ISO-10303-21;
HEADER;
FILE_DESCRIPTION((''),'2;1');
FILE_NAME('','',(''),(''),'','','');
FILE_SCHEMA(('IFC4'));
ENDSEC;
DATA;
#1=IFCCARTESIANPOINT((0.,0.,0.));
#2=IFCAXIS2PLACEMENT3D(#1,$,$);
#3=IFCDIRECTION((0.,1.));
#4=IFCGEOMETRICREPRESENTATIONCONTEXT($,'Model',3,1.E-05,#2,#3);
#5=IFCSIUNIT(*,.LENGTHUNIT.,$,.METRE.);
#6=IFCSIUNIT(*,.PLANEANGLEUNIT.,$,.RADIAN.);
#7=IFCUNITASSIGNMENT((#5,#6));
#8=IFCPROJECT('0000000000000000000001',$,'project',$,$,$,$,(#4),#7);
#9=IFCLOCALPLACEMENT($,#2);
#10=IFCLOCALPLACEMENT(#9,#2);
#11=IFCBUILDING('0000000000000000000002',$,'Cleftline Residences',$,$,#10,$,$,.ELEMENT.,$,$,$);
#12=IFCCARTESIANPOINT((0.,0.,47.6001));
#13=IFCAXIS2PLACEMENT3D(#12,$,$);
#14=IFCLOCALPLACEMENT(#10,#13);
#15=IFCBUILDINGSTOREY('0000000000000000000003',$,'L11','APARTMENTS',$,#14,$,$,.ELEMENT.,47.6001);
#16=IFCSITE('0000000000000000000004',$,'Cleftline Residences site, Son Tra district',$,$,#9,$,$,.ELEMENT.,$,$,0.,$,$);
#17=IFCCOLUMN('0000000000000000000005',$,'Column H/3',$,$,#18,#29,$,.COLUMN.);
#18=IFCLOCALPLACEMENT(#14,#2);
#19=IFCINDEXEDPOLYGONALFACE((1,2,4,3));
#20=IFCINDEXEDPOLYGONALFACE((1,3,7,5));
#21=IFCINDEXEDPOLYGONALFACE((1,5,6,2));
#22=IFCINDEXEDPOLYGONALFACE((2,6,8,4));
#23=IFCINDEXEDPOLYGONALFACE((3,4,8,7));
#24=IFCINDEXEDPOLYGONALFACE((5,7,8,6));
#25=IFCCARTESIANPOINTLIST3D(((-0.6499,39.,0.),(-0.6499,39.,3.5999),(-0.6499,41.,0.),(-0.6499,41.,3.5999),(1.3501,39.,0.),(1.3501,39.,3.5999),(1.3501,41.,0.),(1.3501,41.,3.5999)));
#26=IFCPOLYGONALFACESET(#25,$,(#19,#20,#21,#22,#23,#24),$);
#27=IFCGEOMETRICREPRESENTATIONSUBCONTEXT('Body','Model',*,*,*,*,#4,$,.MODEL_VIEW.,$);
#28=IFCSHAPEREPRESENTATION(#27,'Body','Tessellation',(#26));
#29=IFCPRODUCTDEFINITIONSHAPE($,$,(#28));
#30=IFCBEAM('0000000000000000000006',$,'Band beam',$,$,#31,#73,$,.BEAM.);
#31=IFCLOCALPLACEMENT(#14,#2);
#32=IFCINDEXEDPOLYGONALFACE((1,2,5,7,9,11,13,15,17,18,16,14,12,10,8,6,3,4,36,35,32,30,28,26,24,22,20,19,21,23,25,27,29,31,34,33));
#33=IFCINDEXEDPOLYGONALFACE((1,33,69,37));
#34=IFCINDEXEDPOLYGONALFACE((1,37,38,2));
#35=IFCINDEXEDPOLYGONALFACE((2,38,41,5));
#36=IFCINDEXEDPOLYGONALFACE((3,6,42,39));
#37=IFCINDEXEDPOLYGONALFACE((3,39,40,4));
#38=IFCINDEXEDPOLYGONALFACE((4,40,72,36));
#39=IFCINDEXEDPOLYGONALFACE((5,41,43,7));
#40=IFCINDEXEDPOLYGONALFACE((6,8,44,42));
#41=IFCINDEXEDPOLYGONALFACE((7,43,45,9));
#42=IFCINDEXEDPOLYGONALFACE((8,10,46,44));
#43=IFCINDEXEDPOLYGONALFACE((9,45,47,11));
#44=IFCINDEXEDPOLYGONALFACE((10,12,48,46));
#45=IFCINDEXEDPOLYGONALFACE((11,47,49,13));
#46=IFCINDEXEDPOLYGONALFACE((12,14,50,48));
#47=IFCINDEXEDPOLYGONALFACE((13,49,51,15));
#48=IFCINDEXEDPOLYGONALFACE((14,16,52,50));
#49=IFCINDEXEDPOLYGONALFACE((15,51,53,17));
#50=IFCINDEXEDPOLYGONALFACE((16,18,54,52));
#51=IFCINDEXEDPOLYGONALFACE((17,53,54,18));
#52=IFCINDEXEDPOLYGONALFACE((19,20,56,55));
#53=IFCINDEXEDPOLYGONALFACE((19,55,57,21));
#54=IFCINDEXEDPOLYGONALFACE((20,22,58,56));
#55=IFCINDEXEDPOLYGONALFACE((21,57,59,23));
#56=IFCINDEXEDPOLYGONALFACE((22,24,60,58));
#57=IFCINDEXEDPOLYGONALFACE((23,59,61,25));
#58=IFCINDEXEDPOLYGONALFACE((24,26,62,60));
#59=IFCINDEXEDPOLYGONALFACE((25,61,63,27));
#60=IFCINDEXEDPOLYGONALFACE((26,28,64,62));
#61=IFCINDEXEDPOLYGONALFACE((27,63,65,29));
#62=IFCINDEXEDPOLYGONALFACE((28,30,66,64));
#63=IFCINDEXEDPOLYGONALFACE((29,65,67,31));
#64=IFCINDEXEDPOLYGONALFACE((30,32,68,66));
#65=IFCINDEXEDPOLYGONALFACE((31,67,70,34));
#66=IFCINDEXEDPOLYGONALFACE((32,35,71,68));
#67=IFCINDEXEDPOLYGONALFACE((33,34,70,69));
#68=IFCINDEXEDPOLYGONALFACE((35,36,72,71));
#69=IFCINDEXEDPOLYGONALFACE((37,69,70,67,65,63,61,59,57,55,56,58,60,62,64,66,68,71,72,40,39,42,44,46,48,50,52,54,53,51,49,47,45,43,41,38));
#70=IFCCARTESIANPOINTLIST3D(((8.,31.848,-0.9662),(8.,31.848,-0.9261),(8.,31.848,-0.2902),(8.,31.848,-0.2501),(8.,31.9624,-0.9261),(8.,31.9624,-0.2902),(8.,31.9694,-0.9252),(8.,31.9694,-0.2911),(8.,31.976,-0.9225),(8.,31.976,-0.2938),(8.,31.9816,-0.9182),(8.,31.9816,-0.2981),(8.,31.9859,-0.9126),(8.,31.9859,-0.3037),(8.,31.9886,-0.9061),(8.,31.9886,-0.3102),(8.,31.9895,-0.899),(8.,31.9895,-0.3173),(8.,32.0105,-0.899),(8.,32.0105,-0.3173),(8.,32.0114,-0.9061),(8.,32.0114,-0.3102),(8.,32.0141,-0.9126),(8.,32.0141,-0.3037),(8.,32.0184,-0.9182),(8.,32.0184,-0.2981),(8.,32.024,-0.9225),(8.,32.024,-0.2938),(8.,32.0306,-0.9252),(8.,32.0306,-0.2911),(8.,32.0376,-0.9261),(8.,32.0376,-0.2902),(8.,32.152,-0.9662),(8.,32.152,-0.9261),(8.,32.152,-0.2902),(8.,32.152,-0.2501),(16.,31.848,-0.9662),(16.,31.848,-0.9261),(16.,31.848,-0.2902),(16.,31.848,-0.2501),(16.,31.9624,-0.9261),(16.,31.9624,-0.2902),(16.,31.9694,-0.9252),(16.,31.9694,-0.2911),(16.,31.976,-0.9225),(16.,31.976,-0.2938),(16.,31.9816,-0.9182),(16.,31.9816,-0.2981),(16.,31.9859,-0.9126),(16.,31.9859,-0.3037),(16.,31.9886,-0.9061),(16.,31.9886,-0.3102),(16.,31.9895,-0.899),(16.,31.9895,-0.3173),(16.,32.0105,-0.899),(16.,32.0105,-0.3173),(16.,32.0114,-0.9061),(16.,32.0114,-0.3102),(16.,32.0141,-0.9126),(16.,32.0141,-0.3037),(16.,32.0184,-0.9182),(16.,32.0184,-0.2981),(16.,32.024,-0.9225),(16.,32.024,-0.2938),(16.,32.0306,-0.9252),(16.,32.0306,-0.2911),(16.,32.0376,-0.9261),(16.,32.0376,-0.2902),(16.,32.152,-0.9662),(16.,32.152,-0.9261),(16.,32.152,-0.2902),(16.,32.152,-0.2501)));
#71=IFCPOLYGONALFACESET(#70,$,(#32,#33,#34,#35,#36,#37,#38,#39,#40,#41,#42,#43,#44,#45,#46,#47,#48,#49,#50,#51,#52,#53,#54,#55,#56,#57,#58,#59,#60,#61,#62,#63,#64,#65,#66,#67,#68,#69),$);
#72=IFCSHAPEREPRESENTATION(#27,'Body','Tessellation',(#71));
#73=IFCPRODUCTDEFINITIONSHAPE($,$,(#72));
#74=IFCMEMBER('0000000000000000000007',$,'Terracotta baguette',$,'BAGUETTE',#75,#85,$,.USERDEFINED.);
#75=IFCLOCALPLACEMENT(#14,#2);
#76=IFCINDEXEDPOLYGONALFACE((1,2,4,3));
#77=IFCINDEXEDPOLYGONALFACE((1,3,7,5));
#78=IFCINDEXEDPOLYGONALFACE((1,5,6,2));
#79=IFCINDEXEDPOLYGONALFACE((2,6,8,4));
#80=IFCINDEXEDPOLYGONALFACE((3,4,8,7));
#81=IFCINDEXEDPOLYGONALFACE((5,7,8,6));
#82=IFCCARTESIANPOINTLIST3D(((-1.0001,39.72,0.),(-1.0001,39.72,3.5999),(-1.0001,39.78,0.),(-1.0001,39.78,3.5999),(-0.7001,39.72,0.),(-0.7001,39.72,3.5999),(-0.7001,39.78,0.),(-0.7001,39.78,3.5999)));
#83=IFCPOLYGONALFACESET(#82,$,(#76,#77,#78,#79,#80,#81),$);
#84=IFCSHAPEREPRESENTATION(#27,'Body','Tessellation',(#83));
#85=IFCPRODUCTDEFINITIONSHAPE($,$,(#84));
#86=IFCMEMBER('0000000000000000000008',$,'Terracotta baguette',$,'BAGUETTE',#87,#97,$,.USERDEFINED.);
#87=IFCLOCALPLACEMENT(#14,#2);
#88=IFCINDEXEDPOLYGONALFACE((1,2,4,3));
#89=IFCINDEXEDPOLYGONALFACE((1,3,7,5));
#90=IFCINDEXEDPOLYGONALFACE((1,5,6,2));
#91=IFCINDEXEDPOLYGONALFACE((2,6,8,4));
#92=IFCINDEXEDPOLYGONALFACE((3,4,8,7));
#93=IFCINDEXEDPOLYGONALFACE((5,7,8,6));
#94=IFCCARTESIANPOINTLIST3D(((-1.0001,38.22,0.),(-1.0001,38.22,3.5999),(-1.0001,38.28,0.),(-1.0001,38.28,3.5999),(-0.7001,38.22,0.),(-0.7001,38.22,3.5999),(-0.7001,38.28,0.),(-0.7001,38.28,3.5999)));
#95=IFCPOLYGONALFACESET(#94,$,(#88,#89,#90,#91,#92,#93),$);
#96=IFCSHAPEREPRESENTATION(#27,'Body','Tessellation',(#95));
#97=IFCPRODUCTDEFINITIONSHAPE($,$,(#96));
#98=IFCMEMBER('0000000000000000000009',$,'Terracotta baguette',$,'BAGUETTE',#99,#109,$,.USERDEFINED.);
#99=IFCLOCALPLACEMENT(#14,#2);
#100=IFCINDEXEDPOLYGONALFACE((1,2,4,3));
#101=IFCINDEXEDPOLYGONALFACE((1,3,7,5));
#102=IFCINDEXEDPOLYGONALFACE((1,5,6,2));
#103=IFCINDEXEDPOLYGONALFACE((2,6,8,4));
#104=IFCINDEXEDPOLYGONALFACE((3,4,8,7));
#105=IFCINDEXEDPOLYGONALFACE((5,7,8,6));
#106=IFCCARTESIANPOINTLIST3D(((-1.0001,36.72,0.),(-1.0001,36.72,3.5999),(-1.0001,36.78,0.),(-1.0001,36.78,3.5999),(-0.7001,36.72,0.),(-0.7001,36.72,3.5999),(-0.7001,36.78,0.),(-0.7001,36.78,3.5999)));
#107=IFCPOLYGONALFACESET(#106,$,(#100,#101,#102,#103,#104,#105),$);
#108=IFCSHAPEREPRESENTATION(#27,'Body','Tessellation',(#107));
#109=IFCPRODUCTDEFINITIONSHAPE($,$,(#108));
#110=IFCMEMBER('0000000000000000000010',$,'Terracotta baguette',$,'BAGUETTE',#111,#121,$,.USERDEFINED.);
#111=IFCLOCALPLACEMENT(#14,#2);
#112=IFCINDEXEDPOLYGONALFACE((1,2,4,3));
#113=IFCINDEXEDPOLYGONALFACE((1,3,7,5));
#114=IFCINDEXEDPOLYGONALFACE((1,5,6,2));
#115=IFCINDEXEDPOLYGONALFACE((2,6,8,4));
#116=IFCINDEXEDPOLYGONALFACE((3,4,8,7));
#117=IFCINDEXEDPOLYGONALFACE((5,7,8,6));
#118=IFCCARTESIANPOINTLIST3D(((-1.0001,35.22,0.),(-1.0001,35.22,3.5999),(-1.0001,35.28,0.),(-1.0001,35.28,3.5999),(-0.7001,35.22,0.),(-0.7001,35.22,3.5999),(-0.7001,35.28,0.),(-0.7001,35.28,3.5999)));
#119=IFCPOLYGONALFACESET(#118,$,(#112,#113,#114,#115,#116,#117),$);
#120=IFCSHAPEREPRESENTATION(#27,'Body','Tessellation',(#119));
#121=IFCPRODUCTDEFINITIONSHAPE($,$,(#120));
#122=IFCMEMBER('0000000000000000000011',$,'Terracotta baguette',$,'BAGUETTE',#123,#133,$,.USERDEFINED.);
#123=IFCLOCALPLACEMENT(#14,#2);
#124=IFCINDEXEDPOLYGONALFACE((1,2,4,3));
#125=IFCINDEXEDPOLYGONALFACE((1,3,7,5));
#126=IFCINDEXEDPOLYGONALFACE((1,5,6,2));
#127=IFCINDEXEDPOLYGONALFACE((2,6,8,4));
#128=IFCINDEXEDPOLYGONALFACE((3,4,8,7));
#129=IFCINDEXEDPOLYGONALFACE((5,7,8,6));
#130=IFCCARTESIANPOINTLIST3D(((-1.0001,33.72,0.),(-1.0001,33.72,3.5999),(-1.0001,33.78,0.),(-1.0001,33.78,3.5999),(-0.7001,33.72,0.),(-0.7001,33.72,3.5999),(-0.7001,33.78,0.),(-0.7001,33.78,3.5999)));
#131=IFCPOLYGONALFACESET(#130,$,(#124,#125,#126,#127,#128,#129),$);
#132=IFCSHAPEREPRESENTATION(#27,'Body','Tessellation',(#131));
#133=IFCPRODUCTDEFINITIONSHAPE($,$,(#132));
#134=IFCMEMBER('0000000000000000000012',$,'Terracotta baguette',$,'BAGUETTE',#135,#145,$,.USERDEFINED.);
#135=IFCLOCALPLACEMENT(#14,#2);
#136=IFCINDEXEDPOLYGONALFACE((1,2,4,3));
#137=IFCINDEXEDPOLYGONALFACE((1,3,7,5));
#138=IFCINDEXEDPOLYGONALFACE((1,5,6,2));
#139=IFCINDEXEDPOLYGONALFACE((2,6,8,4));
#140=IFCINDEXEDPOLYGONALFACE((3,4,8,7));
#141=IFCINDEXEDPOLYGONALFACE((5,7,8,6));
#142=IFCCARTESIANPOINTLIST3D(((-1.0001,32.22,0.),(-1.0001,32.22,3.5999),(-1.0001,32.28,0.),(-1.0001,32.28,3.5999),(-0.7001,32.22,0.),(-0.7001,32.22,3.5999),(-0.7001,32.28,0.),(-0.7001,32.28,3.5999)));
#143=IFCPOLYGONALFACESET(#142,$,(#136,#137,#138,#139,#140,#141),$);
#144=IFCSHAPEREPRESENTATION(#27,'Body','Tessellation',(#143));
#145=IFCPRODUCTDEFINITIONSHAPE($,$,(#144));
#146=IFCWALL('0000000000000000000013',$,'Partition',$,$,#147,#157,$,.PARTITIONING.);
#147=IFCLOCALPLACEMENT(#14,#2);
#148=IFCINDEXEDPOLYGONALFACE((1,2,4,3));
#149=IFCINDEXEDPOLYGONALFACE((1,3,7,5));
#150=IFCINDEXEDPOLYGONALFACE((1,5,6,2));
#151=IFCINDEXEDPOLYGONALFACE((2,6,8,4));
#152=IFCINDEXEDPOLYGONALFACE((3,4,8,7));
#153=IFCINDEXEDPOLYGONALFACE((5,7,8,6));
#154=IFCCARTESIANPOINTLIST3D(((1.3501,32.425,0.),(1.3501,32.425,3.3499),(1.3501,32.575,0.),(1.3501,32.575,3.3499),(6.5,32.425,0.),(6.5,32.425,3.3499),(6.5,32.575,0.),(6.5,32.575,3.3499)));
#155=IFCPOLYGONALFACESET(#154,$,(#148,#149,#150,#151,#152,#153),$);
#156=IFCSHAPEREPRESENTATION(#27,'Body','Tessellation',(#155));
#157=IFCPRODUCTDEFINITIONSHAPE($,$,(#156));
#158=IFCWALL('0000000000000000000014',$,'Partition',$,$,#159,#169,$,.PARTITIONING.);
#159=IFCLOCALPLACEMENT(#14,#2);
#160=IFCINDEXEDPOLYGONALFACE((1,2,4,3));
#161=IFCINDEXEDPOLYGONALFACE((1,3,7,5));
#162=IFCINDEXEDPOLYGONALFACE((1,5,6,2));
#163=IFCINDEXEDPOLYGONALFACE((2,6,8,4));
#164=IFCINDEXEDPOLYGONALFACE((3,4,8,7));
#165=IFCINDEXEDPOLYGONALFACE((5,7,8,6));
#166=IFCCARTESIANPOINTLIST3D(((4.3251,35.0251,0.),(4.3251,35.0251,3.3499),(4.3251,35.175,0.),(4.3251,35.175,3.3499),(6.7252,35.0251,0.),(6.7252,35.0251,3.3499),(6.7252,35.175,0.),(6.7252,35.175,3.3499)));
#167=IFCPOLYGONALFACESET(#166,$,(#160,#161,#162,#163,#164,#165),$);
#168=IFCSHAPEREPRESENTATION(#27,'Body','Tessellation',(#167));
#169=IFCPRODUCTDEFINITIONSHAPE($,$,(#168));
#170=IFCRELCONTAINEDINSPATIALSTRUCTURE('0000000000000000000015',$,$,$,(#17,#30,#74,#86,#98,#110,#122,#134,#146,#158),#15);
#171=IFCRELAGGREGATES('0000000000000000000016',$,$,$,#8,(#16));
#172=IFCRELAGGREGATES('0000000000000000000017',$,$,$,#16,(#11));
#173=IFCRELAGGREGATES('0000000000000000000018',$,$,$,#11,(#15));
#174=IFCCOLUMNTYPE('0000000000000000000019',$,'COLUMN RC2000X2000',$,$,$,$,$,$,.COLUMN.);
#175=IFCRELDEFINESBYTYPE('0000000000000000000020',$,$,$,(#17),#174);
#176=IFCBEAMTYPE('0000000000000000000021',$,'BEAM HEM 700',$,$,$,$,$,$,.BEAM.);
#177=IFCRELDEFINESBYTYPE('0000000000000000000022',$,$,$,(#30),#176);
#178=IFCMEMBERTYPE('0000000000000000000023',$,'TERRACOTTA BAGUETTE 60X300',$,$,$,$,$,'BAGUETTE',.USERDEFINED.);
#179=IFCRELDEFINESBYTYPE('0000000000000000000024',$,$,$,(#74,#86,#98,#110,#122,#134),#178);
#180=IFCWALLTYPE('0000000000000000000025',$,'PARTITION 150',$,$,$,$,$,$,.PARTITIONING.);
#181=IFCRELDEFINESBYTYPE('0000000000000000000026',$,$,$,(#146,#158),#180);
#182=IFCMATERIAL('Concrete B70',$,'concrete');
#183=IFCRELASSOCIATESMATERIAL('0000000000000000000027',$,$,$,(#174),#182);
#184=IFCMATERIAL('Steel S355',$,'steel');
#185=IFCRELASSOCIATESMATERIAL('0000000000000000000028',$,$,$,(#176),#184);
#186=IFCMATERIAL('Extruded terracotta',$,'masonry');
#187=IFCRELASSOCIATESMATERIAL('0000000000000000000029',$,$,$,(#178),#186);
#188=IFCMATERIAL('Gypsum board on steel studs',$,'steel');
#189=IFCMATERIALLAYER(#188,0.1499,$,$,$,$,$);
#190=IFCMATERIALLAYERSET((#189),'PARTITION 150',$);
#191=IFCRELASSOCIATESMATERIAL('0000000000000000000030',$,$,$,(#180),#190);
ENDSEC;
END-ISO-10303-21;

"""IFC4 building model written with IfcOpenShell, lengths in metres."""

from ifc_helpers import new_model, si_unit, direction, frame, frame_2d, origin, origin_2d, place, context, subcontext, project, spatial, rectangle, i_section, extrude, material, layer, layer_set, material_profile, profile_set, type_object, element, save


model = new_model("IFC4")

# Units and contexts
model_context = context("Model", 3, precision=1e-05, world=origin(), true_north=direction((0.0, 1.0)))
body_context = subcontext(model_context, "Body", "Model", "MODEL_VIEW")
ifc_project = project(units=[si_unit("LENGTHUNIT", "METRE"), si_unit("PLANEANGLEUNIT", "RADIAN")], contexts=[model_context])

# Site, building, storey
site_placement = place(None, origin())
site = spatial("IfcSite", under=ifc_project, at=site_placement, Name="Cleftline Residences site, Son Tra district", CompositionType="ELEMENT", RefElevation=0.0)
building_placement = place(site_placement, origin())
building = spatial("IfcBuilding", under=site, at=building_placement, Name="Cleftline Residences", CompositionType="ELEMENT")
storey_placement = place(building_placement, frame((0.0, 0.0, 47.6001)))
storey = spatial("IfcBuildingStorey", under=building, at=storey_placement, Name="L11", Description="APARTMENTS", CompositionType="ELEMENT", Elevation=47.6001)

# Column
ifc_material_1 = material(Name="Concrete B70", Category="concrete")
ifc_material_profile_1 = material_profile(ifc_material_1, rectangle(XDim=2.0, YDim=2.0, at=origin_2d()))
ifc_profile_set_1 = profile_set([ifc_material_profile_1], Name="Concrete B70")
column_type = type_object("IfcColumnType", Name="COLUMN RC2000X2000", PredefinedType="COLUMN", material=ifc_profile_set_1)
column_placement = place(storey_placement, frame((0.3501, 40.0, 0.0), z_axis=(0.0, 0.0, 1.0), x_axis=(1.0, 0.0, 0.0)))
element("IfcColumn", 1, at=column_placement, inside=storey, type_object=column_type, Name="Column H/3", PredefinedType="COLUMN", context=body_context, shape_type="SweptSolid", body=[
    extrude(rectangle(XDim=2.0, YDim=2.0, at=origin_2d()), origin(), (0.0, 0.0, 1.0), 3.5999),
])

# Beam
ifc_material_2 = material(Name="Steel S355", Category="steel")
ifc_material_profile_2 = material_profile(ifc_material_2, i_section(OverallWidth=0.304, OverallDepth=0.7161, WebThickness=0.021, FlangeThickness=0.04, FilletRadius=0.0271, at=origin_2d()))
ifc_profile_set_2 = profile_set([ifc_material_profile_2], Name="Steel S355")
beam_type = type_object("IfcBeamType", Name="BEAM HEM 700", PredefinedType="BEAM", material=ifc_profile_set_2)
beam_placement = place(storey_placement, frame((8.0, 32.0, -0.6082), z_axis=(1.0, 0.0, 0.0), x_axis=(0.0, 1.0, 0.0)))
element("IfcBeam", 2, at=beam_placement, inside=storey, type_object=beam_type, Name="Band beam", PredefinedType="BEAM", context=body_context, shape_type="SweptSolid", body=[
    extrude(i_section(OverallWidth=0.304, OverallDepth=0.7161, WebThickness=0.021, FlangeThickness=0.04, FilletRadius=0.0271, at=origin_2d()), origin(), (0.0, 0.0, 1.0), 8.0),
])

# Members
ifc_material_3 = material(Name="Extruded terracotta", Category="masonry")
ifc_material_profile_3 = material_profile(ifc_material_3, rectangle(XDim=0.0601, YDim=0.3, at=origin_2d()))
ifc_profile_set_3 = profile_set([ifc_material_profile_3], Name="Extruded terracotta")
member_type = type_object("IfcMemberType", Name="TERRACOTTA BAGUETTE 60X300", ElementType="BAGUETTE", PredefinedType="USERDEFINED", material=ifc_profile_set_3)
for number, where, z_axis, x_axis, name in (
    (3, (-0.8501, 39.75, 0.0), (0.0, 0.0, 1.0), (0.0, 1.0, 0.0), "Terracotta baguette"),
    (4, (-0.8501, 38.25, 0.0), (0.0, 0.0, 1.0), (0.0, 1.0, 0.0), "Terracotta baguette"),
    (5, (-0.8501, 36.75, 0.0), (0.0, 0.0, 1.0), (0.0, 1.0, 0.0), "Terracotta baguette"),
    (6, (-0.8501, 35.25, 0.0), (0.0, 0.0, 1.0), (0.0, 1.0, 0.0), "Terracotta baguette"),
    (7, (-0.8501, 33.75, 0.0), (0.0, 0.0, 1.0), (0.0, 1.0, 0.0), "Terracotta baguette"),
    (8, (-0.8501, 32.25, 0.0), (0.0, 0.0, 1.0), (0.0, 1.0, 0.0), "Terracotta baguette"),
):
    element("IfcMember", number, at=place(storey_placement, frame(where, z_axis=z_axis, x_axis=x_axis)), inside=storey, type_object=member_type, Name=name, ObjectType="BAGUETTE", PredefinedType="USERDEFINED", context=body_context, shape_type="SweptSolid", body=[
        extrude(rectangle(XDim=0.0601, YDim=0.3, at=origin_2d()), origin(), (0.0, 0.0, 1.0), 3.5999),
    ])

# Walls
ifc_material_4 = material(Name="Gypsum board on steel studs", Category="steel")
ifc_layer = layer(ifc_material_4, 0.1499)
ifc_layer_set = layer_set([ifc_layer], Name="PARTITION 150")
wall_type = type_object("IfcWallType", Name="PARTITION 150", PredefinedType="PARTITIONING", material=ifc_layer_set)
wall_1_placement = place(storey_placement, frame((1.3501, 32.5, 0.0), z_axis=(0.0, 0.0, 1.0), x_axis=(1.0, 0.0, 0.0)))
element("IfcWall", 9, at=wall_1_placement, inside=storey, type_object=wall_type, Name="Partition", PredefinedType="PARTITIONING", context=body_context, shape_type="SweptSolid", body=[
    extrude(rectangle(XDim=5.1499, YDim=0.1499, at=frame_2d((2.575, 0.0))), origin(), (0.0, 0.0, 1.0), 3.3499),
])
wall_2_placement = place(storey_placement, frame((4.325, 35.1001, 0.0), z_axis=(0.0, 0.0, 1.0), x_axis=(1.0, 0.0, 0.0)))
element("IfcWall", 10, at=wall_2_placement, inside=storey, type_object=wall_type, Name="Partition", PredefinedType="PARTITIONING", context=body_context, shape_type="SweptSolid", body=[
    extrude(rectangle(XDim=2.4001, YDim=0.1499, at=frame_2d((1.2002, 0.0))), origin(), (0.0, 0.0, 1.0), 3.3499),
])

save(model, "model.ifc")
